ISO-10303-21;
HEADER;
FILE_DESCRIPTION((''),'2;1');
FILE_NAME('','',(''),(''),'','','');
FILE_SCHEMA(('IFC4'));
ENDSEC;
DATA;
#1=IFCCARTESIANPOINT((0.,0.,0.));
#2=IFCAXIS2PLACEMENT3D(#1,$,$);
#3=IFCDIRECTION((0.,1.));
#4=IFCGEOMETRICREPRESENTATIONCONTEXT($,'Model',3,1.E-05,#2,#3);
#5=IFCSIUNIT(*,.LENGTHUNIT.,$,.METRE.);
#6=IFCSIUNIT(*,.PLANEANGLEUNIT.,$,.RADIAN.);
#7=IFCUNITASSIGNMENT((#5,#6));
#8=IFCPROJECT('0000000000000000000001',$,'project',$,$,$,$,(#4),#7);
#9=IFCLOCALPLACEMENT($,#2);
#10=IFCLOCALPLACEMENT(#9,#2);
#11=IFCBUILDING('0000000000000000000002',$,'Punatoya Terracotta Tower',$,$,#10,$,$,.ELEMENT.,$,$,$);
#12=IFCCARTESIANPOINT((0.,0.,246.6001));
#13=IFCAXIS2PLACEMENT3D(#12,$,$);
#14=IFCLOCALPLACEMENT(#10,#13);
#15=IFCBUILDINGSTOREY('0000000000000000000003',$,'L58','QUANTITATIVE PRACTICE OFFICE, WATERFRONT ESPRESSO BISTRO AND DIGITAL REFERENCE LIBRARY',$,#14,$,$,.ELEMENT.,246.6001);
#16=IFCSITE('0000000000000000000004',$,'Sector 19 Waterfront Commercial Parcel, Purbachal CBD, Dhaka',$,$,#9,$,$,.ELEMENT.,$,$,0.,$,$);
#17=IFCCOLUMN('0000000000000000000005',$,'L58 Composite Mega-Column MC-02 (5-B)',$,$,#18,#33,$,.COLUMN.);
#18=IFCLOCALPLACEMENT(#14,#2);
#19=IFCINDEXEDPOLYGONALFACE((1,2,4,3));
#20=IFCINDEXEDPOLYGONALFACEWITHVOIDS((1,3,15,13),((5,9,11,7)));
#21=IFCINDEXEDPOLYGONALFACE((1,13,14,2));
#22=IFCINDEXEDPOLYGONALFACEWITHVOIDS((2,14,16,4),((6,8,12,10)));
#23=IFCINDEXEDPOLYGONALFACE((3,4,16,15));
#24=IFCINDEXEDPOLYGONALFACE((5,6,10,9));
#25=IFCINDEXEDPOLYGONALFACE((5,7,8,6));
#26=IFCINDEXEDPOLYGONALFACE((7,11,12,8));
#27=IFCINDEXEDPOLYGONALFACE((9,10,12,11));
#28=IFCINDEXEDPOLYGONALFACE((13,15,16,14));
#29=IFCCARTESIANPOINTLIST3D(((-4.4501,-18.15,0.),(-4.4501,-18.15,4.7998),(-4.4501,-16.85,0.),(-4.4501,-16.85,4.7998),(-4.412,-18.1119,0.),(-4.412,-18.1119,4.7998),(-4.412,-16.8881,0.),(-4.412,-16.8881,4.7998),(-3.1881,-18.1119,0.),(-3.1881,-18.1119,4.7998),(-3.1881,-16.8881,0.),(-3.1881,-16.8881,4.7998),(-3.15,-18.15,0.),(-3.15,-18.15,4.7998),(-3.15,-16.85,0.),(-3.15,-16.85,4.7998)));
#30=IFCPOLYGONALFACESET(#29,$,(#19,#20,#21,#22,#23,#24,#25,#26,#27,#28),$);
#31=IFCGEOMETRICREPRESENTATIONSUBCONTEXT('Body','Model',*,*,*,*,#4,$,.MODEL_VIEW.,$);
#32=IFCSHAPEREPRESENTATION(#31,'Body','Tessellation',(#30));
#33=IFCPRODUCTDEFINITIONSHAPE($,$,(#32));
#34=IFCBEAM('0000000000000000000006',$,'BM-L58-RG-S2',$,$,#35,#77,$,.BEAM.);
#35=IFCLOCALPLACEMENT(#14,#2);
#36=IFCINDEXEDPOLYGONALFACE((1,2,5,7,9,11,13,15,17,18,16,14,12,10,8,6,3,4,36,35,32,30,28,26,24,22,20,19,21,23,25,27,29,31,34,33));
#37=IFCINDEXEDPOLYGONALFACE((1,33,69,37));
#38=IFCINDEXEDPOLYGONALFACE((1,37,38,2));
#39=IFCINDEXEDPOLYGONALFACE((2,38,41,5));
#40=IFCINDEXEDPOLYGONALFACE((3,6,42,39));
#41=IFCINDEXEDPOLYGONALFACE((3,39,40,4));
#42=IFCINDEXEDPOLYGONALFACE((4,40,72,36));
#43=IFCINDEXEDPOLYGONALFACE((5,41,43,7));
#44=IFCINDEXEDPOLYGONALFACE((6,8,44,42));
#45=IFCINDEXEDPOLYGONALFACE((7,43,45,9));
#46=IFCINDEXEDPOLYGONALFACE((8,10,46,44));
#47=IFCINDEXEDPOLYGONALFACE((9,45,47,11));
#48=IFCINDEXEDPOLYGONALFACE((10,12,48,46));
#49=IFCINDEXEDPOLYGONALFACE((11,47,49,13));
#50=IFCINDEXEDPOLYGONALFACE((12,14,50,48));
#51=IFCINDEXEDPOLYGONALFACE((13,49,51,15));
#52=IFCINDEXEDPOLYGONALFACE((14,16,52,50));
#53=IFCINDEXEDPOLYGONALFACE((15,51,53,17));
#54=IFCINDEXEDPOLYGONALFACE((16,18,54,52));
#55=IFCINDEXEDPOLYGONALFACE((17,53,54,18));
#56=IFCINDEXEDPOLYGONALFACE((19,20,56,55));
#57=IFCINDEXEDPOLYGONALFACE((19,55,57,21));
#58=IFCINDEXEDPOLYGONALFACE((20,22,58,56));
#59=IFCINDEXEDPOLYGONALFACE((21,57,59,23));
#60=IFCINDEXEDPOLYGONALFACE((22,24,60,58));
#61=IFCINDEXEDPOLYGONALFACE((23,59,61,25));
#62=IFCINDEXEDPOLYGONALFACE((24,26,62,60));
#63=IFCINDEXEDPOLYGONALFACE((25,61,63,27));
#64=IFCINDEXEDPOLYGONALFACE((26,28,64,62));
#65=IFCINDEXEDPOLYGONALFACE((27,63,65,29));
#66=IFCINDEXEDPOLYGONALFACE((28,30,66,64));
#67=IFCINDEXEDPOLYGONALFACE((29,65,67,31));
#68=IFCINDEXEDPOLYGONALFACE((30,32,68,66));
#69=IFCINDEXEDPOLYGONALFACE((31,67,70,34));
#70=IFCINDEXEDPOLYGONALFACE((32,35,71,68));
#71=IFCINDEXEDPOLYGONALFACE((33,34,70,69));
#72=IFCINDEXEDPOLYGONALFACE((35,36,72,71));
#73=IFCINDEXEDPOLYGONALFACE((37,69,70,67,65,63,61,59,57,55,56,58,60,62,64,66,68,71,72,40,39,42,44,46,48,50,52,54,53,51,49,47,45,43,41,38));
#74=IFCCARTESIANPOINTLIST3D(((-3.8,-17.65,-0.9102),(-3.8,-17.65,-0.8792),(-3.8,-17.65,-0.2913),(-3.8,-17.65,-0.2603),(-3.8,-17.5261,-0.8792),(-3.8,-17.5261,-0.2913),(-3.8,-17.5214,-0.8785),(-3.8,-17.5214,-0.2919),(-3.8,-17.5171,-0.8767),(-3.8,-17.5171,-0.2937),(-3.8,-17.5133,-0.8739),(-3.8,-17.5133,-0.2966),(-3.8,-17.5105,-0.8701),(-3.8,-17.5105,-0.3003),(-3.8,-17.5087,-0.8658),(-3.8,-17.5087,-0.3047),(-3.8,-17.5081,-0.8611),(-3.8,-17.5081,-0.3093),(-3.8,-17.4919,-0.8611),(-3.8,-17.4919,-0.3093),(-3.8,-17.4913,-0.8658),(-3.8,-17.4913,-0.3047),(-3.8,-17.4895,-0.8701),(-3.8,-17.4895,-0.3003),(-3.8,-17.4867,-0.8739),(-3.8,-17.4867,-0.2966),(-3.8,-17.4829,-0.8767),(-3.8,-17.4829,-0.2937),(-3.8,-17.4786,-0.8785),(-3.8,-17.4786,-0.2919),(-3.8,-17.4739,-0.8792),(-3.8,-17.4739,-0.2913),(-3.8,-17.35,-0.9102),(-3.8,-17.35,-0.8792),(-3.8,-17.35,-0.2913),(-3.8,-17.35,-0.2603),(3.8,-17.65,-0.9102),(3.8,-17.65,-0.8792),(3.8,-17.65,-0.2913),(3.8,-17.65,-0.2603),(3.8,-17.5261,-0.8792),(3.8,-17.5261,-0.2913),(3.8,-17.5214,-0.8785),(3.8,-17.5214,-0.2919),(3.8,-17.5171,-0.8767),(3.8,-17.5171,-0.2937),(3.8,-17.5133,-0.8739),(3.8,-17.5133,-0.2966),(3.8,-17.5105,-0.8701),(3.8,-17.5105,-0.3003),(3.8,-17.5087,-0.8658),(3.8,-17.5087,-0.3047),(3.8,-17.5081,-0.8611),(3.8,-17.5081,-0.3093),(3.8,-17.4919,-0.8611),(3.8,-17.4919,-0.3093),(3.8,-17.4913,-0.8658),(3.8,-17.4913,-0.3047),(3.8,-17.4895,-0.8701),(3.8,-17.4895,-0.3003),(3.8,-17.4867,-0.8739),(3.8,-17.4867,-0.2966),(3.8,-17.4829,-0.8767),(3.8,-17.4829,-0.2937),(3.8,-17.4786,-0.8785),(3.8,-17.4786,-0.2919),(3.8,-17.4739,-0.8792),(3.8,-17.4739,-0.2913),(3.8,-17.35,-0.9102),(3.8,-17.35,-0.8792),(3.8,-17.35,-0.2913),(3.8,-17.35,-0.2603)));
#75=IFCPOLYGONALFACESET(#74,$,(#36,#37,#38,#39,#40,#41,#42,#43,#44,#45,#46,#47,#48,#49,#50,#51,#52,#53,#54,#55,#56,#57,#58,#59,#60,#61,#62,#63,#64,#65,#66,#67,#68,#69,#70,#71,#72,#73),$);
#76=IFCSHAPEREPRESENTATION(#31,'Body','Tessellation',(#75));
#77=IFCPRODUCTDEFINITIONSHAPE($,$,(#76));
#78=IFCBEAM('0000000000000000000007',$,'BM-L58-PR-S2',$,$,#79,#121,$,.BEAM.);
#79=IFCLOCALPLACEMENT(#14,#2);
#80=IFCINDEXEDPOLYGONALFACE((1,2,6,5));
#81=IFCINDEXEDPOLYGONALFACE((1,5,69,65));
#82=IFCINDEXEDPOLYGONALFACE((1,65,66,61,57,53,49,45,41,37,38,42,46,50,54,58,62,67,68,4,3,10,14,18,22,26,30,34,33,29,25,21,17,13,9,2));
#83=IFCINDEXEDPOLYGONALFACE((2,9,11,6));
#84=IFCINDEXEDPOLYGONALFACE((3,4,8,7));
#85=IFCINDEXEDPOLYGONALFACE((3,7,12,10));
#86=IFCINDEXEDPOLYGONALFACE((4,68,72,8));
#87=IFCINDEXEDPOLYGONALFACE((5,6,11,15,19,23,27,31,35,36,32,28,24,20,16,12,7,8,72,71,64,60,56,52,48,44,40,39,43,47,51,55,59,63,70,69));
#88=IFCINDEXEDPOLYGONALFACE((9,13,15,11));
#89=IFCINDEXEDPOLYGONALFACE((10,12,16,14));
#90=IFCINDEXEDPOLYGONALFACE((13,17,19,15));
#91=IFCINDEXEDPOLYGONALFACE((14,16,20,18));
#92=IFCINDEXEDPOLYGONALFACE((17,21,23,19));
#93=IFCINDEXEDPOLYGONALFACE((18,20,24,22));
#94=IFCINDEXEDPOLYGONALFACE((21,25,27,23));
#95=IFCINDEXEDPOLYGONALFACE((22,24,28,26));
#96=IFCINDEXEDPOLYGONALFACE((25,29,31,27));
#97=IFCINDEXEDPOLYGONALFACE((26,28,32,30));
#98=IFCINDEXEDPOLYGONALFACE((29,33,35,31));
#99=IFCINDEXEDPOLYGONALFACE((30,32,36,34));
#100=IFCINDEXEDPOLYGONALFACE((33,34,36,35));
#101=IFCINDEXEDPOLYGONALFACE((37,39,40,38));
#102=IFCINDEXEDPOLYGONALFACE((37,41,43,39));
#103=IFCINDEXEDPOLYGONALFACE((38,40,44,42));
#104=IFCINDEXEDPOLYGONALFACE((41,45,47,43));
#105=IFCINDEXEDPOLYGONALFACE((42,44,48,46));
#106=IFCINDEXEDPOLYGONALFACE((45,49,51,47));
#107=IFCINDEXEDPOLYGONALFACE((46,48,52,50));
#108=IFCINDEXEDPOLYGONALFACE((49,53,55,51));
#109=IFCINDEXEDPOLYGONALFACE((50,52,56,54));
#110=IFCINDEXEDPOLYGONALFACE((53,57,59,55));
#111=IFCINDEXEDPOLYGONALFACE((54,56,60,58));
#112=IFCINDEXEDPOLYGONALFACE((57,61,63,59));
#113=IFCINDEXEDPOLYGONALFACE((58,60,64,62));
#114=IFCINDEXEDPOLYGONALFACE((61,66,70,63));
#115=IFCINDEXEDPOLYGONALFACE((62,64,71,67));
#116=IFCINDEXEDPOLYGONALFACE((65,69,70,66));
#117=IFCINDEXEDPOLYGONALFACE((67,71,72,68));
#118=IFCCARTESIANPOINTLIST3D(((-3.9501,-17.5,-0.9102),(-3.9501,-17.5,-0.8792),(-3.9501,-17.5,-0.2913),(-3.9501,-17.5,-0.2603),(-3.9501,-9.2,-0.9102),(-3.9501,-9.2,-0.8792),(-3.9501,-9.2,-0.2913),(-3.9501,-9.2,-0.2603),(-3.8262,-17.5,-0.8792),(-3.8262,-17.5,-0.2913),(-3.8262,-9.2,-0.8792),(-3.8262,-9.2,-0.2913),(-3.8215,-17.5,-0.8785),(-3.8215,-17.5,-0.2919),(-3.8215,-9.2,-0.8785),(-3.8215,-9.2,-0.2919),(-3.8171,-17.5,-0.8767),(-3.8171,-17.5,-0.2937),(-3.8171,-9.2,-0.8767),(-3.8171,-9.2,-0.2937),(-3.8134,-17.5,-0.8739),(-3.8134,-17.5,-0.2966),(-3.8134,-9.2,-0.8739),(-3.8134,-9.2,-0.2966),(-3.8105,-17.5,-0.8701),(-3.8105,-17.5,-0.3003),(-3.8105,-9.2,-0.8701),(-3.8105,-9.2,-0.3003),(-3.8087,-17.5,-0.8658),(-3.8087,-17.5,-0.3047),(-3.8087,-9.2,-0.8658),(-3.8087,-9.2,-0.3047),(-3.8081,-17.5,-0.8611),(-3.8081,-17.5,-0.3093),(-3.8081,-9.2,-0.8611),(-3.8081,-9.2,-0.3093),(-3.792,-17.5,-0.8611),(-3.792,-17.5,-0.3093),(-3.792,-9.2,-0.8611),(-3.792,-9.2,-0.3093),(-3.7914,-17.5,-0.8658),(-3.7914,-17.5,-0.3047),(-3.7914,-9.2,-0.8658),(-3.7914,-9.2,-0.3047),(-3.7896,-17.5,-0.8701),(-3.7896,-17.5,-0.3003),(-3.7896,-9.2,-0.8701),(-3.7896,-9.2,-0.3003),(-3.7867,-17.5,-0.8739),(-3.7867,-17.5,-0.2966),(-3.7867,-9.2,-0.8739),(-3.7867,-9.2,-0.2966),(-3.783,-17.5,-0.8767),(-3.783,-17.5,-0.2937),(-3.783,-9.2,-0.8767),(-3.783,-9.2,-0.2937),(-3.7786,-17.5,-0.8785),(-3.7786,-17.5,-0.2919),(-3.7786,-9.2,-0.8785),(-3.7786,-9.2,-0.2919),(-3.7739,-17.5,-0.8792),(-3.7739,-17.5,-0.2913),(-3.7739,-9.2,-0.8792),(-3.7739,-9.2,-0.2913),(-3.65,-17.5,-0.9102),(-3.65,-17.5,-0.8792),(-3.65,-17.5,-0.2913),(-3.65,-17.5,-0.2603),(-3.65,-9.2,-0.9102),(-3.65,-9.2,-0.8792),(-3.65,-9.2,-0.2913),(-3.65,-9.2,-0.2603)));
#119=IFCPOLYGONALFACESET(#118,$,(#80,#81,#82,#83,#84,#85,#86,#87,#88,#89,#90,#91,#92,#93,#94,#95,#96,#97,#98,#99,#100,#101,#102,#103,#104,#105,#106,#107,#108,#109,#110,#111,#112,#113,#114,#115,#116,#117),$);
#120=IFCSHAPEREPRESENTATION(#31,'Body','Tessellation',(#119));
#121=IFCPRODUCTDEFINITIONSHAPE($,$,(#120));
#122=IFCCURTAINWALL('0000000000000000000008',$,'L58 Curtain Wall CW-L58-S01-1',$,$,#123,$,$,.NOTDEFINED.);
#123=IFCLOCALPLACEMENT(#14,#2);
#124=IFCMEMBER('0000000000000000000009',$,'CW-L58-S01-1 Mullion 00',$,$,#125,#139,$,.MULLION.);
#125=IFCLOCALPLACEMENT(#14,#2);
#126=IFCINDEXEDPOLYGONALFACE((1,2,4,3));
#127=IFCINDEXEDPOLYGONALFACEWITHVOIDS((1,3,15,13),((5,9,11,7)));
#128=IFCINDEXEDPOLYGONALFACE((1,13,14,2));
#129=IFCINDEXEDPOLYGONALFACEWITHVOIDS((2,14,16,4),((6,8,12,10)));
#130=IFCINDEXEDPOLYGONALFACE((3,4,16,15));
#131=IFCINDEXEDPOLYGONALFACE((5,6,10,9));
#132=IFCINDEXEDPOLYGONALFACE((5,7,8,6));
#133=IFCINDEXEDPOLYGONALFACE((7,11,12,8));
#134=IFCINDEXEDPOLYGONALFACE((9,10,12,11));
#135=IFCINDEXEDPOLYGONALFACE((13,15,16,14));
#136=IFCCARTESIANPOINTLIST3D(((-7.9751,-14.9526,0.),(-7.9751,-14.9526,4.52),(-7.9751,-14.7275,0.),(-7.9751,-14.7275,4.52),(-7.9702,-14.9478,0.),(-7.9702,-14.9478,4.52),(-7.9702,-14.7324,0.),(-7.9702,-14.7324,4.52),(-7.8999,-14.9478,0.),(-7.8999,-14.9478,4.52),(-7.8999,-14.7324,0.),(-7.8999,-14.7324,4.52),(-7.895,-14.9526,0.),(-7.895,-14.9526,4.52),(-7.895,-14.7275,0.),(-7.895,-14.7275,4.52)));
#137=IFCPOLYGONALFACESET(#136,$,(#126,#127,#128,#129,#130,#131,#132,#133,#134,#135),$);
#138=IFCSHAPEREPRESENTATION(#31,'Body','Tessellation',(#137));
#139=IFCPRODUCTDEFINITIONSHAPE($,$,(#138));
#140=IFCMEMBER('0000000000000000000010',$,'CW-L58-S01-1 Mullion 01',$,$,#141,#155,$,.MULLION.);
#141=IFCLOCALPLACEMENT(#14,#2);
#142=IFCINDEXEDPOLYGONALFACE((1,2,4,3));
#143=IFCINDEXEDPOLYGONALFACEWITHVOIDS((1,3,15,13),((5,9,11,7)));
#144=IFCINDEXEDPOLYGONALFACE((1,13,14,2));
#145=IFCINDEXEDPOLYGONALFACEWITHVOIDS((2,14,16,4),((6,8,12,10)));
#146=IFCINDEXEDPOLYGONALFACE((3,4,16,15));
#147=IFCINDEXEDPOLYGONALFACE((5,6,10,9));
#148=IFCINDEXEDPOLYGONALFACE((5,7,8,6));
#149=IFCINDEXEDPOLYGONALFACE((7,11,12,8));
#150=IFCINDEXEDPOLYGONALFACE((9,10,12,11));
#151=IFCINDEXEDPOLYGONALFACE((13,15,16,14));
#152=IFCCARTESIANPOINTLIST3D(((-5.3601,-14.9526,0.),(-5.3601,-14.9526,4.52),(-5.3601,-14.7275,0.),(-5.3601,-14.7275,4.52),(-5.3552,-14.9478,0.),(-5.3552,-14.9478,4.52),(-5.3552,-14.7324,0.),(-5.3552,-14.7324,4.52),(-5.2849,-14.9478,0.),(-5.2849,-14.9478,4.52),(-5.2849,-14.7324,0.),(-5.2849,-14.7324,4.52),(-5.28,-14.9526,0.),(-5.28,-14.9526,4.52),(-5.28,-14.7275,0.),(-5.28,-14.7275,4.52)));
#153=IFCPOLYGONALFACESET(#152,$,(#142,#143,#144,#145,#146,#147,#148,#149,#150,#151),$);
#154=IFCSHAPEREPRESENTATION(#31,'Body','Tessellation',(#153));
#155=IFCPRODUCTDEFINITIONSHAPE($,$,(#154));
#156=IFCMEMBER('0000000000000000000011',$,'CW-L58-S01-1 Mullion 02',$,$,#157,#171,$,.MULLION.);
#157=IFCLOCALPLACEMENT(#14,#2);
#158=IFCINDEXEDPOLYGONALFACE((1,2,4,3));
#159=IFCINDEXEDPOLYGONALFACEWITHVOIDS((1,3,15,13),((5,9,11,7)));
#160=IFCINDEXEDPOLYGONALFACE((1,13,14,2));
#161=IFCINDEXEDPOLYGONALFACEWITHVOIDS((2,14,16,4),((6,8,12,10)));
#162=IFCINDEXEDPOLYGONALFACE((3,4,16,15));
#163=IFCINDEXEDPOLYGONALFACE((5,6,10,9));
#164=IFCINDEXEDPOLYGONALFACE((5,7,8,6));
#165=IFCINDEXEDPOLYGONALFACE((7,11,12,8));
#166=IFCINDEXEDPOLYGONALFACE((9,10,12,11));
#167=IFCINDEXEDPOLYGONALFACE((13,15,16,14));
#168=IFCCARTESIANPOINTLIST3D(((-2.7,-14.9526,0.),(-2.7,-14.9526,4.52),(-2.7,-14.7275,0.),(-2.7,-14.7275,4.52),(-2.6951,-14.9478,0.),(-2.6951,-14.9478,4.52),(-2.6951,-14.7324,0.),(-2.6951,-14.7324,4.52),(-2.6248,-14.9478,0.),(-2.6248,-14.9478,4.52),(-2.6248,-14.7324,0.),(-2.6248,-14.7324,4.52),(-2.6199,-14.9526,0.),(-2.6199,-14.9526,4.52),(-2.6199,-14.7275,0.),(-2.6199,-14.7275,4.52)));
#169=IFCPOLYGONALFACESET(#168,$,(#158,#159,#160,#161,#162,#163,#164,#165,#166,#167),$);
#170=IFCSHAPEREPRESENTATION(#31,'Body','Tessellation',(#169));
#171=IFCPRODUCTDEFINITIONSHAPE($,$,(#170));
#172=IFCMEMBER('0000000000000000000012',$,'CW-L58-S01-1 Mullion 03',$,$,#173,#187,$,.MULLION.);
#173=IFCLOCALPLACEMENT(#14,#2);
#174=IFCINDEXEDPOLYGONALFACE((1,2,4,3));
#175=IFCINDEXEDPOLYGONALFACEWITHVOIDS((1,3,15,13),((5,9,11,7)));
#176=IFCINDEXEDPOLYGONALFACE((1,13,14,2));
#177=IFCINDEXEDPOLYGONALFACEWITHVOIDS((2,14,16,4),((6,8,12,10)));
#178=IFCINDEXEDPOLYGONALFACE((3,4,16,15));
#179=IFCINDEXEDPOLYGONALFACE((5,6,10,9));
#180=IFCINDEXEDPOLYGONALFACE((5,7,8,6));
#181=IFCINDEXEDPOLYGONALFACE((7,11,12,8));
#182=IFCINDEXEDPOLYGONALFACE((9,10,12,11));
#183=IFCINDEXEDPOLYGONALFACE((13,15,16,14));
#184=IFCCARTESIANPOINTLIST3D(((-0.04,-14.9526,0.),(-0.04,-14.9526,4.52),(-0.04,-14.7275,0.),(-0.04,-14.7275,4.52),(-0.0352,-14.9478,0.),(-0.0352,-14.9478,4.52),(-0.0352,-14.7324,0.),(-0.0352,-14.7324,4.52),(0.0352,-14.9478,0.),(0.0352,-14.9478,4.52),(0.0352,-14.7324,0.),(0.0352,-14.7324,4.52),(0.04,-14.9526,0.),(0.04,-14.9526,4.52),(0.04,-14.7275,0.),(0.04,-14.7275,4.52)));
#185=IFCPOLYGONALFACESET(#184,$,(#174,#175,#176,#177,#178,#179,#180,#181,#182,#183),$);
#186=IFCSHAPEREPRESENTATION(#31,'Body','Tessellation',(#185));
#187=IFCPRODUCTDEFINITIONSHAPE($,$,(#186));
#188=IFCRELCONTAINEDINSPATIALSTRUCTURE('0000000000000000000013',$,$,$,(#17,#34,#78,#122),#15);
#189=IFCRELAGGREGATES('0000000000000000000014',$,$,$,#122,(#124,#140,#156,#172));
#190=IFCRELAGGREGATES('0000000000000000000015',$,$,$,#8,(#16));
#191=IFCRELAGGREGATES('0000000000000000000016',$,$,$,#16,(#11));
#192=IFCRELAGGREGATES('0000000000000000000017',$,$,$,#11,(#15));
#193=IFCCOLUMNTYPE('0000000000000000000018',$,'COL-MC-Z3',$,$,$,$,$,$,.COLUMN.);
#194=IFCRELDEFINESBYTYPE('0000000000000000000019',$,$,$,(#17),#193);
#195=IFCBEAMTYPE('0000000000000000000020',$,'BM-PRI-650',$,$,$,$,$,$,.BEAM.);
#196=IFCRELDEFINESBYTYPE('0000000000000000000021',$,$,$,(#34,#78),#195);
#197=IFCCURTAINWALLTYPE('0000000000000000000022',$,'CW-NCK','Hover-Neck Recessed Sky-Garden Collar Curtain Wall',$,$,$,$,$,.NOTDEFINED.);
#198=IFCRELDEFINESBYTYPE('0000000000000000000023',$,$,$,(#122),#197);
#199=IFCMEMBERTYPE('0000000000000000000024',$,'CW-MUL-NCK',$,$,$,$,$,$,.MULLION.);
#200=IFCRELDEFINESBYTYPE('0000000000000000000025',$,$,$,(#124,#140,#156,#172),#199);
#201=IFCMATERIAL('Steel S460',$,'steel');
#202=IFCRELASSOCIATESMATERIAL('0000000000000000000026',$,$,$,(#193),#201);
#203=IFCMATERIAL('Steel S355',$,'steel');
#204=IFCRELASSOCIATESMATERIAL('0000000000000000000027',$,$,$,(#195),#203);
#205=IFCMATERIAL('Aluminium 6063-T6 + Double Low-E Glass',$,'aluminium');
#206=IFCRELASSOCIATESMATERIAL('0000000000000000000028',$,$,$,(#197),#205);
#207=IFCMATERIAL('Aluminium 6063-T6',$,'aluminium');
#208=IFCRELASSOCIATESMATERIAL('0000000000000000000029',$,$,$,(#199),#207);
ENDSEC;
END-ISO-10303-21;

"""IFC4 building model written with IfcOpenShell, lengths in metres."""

from ifc_helpers import new_model, si_unit, direction, frame, origin, origin_2d, place, context, subcontext, project, spatial, hollow_rectangle, i_section, extrude, material, material_profile, profile_set, type_object, element, aggregate, save


model = new_model("IFC4")

# Units and contexts
model_context = context("Model", 3, precision=1e-05, world=origin(), true_north=direction((0.0, 1.0)))
body_context = subcontext(model_context, "Body", "Model", "MODEL_VIEW")
ifc_project = project(units=[si_unit("LENGTHUNIT", "METRE"), si_unit("PLANEANGLEUNIT", "RADIAN")], contexts=[model_context])

# Site, building, storey
site_placement = place(None, origin())
site = spatial("IfcSite", under=ifc_project, at=site_placement, Name="Sector 19 Waterfront Commercial Parcel, Purbachal CBD, Dhaka", CompositionType="ELEMENT", RefElevation=0.0)
building_placement = place(site_placement, origin())
building = spatial("IfcBuilding", under=site, at=building_placement, Name="Punatoya Terracotta Tower", CompositionType="ELEMENT")
storey_placement = place(building_placement, frame((0.0, 0.0, 246.6001)))
storey = spatial("IfcBuildingStorey", under=building, at=storey_placement, Name="L58", Description="QUANTITATIVE PRACTICE OFFICE, WATERFRONT ESPRESSO BISTRO AND DIGITAL REFERENCE LIBRARY", CompositionType="ELEMENT", Elevation=246.6001)

# Column
ifc_material_1 = material(Name="Steel S460", Category="steel")
ifc_material_profile_1 = material_profile(ifc_material_1, hollow_rectangle(XDim=1.3, YDim=1.3, WallThickness=0.0381, at=origin_2d()))
ifc_profile_set_1 = profile_set([ifc_material_profile_1], Name="Steel S460")
column_type = type_object("IfcColumnType", Name="COL-MC-Z3", PredefinedType="COLUMN", material=ifc_profile_set_1)
column_placement = place(storey_placement, frame((-3.8, -17.5, 0.0), z_axis=(0.0, 0.0, 1.0), x_axis=(1.0, 0.0, 0.0)))
element("IfcColumn", 1, at=column_placement, inside=storey, type_object=column_type, Name="L58 Composite Mega-Column MC-02 (5-B)", PredefinedType="COLUMN", context=body_context, shape_type="SweptSolid", body=[
    extrude(hollow_rectangle(XDim=1.3, YDim=1.3, WallThickness=0.0381, at=origin_2d()), origin(), (0.0, 0.0, 1.0), 4.7998),
])

# Beams
ifc_material_2 = material(Name="Steel S355", Category="steel")
ifc_material_profile_2 = material_profile(ifc_material_2, i_section(OverallWidth=0.3, OverallDepth=0.6499, WebThickness=0.0161, FlangeThickness=0.031, FilletRadius=0.0181, at=origin_2d()))
ifc_profile_set_2 = profile_set([ifc_material_profile_2], Name="Steel S355")
beam_type = type_object("IfcBeamType", Name="BM-PRI-650", PredefinedType="BEAM", material=ifc_profile_set_2)
beam_1_placement = place(storey_placement, frame((-3.8, -17.5, -0.5852), z_axis=(1.0, 0.0, 0.0), x_axis=(0.0, 1.0, 0.0)))
element("IfcBeam", 2, at=beam_1_placement, inside=storey, type_object=beam_type, Name="BM-L58-RG-S2", PredefinedType="BEAM", context=body_context, shape_type="SweptSolid", body=[
    extrude(i_section(OverallWidth=0.3, OverallDepth=0.6499, WebThickness=0.0161, FlangeThickness=0.031, FilletRadius=0.0181, at=origin_2d()), origin(), (0.0, 0.0, 1.0), 7.6001),
])
beam_2_placement = place(storey_placement, frame((-3.8, -17.5, -0.5852), z_axis=(0.0, 1.0, 0.0), x_axis=(-1.0, 0.0, 0.0)))
element("IfcBeam", 3, at=beam_2_placement, inside=storey, type_object=beam_type, Name="BM-L58-PR-S2", PredefinedType="BEAM", context=body_context, shape_type="SweptSolid", body=[
    extrude(i_section(OverallWidth=0.3, OverallDepth=0.6499, WebThickness=0.0161, FlangeThickness=0.031, FilletRadius=0.0181, at=origin_2d()), origin(), (0.0, 0.0, 1.0), 8.3),
])

# Curtain wall, members
ifc_material_3 = material(Name="Aluminium 6063-T6 + Double Low-E Glass", Category="aluminium")
curtain_wall_type = type_object("IfcCurtainWallType", Name="CW-NCK", Description="Hover-Neck Recessed Sky-Garden Collar Curtain Wall", PredefinedType="NOTDEFINED", material=ifc_material_3)
curtain_wall_placement = place(storey_placement, origin())
curtain_wall = element("IfcCurtainWall", 4, at=curtain_wall_placement, inside=storey, type_object=curtain_wall_type, Name="L58 Curtain Wall CW-L58-S01-1", PredefinedType="NOTDEFINED")
ifc_material_4 = material(Name="Aluminium 6063-T6", Category="aluminium")
ifc_material_profile_3 = material_profile(ifc_material_4, hollow_rectangle(XDim=0.0801, YDim=0.2251, WallThickness=0.0049, at=origin_2d()))
ifc_profile_set_3 = profile_set([ifc_material_profile_3], Name="Aluminium 6063-T6")
member_type = type_object("IfcMemberType", Name="CW-MUL-NCK", PredefinedType="MULLION", material=ifc_profile_set_3)
member_1_placement = place(storey_placement, frame((-7.9351, -14.8401, 0.0), z_axis=(0.0, 0.0, 1.0), x_axis=(1.0, 0.0, 0.0)))
member_1 = element("IfcMember", 5, at=member_1_placement, type_object=member_type, Name="CW-L58-S01-1 Mullion 00", PredefinedType="MULLION", context=body_context, shape_type="SweptSolid", body=[
    extrude(hollow_rectangle(XDim=0.0801, YDim=0.2251, WallThickness=0.0049, at=origin_2d()), origin(), (0.0, 0.0, 1.0), 4.52),
])
member_2_placement = place(storey_placement, frame((-5.3201, -14.8401, 0.0), z_axis=(0.0, 0.0, 1.0), x_axis=(1.0, 0.0, 0.0)))
member_2 = element("IfcMember", 6, at=member_2_placement, type_object=member_type, Name="CW-L58-S01-1 Mullion 01", PredefinedType="MULLION", context=body_context, shape_type="SweptSolid", body=[
    extrude(hollow_rectangle(XDim=0.0801, YDim=0.2251, WallThickness=0.0049, at=origin_2d()), origin(), (0.0, 0.0, 1.0), 4.52),
])
member_3_placement = place(storey_placement, frame((-2.6599, -14.8401, 0.0), z_axis=(0.0, 0.0, 1.0), x_axis=(1.0, 0.0, 0.0)))
member_3 = element("IfcMember", 7, at=member_3_placement, type_object=member_type, Name="CW-L58-S01-1 Mullion 02", PredefinedType="MULLION", context=body_context, shape_type="SweptSolid", body=[
    extrude(hollow_rectangle(XDim=0.0801, YDim=0.2251, WallThickness=0.0049, at=origin_2d()), origin(), (0.0, 0.0, 1.0), 4.52),
])
member_4_placement = place(storey_placement, frame((0.0, -14.8401, 0.0), z_axis=(0.0, 0.0, 1.0), x_axis=(1.0, 0.0, 0.0)))
member_4 = element("IfcMember", 8, at=member_4_placement, type_object=member_type, Name="CW-L58-S01-1 Mullion 03", PredefinedType="MULLION", context=body_context, shape_type="SweptSolid", body=[
    extrude(hollow_rectangle(XDim=0.0801, YDim=0.2251, WallThickness=0.0049, at=origin_2d()), origin(), (0.0, 0.0, 1.0), 4.52),
])
aggregate(curtain_wall, [member_1, member_2, member_3, member_4])

save(model, "model.ifc")
